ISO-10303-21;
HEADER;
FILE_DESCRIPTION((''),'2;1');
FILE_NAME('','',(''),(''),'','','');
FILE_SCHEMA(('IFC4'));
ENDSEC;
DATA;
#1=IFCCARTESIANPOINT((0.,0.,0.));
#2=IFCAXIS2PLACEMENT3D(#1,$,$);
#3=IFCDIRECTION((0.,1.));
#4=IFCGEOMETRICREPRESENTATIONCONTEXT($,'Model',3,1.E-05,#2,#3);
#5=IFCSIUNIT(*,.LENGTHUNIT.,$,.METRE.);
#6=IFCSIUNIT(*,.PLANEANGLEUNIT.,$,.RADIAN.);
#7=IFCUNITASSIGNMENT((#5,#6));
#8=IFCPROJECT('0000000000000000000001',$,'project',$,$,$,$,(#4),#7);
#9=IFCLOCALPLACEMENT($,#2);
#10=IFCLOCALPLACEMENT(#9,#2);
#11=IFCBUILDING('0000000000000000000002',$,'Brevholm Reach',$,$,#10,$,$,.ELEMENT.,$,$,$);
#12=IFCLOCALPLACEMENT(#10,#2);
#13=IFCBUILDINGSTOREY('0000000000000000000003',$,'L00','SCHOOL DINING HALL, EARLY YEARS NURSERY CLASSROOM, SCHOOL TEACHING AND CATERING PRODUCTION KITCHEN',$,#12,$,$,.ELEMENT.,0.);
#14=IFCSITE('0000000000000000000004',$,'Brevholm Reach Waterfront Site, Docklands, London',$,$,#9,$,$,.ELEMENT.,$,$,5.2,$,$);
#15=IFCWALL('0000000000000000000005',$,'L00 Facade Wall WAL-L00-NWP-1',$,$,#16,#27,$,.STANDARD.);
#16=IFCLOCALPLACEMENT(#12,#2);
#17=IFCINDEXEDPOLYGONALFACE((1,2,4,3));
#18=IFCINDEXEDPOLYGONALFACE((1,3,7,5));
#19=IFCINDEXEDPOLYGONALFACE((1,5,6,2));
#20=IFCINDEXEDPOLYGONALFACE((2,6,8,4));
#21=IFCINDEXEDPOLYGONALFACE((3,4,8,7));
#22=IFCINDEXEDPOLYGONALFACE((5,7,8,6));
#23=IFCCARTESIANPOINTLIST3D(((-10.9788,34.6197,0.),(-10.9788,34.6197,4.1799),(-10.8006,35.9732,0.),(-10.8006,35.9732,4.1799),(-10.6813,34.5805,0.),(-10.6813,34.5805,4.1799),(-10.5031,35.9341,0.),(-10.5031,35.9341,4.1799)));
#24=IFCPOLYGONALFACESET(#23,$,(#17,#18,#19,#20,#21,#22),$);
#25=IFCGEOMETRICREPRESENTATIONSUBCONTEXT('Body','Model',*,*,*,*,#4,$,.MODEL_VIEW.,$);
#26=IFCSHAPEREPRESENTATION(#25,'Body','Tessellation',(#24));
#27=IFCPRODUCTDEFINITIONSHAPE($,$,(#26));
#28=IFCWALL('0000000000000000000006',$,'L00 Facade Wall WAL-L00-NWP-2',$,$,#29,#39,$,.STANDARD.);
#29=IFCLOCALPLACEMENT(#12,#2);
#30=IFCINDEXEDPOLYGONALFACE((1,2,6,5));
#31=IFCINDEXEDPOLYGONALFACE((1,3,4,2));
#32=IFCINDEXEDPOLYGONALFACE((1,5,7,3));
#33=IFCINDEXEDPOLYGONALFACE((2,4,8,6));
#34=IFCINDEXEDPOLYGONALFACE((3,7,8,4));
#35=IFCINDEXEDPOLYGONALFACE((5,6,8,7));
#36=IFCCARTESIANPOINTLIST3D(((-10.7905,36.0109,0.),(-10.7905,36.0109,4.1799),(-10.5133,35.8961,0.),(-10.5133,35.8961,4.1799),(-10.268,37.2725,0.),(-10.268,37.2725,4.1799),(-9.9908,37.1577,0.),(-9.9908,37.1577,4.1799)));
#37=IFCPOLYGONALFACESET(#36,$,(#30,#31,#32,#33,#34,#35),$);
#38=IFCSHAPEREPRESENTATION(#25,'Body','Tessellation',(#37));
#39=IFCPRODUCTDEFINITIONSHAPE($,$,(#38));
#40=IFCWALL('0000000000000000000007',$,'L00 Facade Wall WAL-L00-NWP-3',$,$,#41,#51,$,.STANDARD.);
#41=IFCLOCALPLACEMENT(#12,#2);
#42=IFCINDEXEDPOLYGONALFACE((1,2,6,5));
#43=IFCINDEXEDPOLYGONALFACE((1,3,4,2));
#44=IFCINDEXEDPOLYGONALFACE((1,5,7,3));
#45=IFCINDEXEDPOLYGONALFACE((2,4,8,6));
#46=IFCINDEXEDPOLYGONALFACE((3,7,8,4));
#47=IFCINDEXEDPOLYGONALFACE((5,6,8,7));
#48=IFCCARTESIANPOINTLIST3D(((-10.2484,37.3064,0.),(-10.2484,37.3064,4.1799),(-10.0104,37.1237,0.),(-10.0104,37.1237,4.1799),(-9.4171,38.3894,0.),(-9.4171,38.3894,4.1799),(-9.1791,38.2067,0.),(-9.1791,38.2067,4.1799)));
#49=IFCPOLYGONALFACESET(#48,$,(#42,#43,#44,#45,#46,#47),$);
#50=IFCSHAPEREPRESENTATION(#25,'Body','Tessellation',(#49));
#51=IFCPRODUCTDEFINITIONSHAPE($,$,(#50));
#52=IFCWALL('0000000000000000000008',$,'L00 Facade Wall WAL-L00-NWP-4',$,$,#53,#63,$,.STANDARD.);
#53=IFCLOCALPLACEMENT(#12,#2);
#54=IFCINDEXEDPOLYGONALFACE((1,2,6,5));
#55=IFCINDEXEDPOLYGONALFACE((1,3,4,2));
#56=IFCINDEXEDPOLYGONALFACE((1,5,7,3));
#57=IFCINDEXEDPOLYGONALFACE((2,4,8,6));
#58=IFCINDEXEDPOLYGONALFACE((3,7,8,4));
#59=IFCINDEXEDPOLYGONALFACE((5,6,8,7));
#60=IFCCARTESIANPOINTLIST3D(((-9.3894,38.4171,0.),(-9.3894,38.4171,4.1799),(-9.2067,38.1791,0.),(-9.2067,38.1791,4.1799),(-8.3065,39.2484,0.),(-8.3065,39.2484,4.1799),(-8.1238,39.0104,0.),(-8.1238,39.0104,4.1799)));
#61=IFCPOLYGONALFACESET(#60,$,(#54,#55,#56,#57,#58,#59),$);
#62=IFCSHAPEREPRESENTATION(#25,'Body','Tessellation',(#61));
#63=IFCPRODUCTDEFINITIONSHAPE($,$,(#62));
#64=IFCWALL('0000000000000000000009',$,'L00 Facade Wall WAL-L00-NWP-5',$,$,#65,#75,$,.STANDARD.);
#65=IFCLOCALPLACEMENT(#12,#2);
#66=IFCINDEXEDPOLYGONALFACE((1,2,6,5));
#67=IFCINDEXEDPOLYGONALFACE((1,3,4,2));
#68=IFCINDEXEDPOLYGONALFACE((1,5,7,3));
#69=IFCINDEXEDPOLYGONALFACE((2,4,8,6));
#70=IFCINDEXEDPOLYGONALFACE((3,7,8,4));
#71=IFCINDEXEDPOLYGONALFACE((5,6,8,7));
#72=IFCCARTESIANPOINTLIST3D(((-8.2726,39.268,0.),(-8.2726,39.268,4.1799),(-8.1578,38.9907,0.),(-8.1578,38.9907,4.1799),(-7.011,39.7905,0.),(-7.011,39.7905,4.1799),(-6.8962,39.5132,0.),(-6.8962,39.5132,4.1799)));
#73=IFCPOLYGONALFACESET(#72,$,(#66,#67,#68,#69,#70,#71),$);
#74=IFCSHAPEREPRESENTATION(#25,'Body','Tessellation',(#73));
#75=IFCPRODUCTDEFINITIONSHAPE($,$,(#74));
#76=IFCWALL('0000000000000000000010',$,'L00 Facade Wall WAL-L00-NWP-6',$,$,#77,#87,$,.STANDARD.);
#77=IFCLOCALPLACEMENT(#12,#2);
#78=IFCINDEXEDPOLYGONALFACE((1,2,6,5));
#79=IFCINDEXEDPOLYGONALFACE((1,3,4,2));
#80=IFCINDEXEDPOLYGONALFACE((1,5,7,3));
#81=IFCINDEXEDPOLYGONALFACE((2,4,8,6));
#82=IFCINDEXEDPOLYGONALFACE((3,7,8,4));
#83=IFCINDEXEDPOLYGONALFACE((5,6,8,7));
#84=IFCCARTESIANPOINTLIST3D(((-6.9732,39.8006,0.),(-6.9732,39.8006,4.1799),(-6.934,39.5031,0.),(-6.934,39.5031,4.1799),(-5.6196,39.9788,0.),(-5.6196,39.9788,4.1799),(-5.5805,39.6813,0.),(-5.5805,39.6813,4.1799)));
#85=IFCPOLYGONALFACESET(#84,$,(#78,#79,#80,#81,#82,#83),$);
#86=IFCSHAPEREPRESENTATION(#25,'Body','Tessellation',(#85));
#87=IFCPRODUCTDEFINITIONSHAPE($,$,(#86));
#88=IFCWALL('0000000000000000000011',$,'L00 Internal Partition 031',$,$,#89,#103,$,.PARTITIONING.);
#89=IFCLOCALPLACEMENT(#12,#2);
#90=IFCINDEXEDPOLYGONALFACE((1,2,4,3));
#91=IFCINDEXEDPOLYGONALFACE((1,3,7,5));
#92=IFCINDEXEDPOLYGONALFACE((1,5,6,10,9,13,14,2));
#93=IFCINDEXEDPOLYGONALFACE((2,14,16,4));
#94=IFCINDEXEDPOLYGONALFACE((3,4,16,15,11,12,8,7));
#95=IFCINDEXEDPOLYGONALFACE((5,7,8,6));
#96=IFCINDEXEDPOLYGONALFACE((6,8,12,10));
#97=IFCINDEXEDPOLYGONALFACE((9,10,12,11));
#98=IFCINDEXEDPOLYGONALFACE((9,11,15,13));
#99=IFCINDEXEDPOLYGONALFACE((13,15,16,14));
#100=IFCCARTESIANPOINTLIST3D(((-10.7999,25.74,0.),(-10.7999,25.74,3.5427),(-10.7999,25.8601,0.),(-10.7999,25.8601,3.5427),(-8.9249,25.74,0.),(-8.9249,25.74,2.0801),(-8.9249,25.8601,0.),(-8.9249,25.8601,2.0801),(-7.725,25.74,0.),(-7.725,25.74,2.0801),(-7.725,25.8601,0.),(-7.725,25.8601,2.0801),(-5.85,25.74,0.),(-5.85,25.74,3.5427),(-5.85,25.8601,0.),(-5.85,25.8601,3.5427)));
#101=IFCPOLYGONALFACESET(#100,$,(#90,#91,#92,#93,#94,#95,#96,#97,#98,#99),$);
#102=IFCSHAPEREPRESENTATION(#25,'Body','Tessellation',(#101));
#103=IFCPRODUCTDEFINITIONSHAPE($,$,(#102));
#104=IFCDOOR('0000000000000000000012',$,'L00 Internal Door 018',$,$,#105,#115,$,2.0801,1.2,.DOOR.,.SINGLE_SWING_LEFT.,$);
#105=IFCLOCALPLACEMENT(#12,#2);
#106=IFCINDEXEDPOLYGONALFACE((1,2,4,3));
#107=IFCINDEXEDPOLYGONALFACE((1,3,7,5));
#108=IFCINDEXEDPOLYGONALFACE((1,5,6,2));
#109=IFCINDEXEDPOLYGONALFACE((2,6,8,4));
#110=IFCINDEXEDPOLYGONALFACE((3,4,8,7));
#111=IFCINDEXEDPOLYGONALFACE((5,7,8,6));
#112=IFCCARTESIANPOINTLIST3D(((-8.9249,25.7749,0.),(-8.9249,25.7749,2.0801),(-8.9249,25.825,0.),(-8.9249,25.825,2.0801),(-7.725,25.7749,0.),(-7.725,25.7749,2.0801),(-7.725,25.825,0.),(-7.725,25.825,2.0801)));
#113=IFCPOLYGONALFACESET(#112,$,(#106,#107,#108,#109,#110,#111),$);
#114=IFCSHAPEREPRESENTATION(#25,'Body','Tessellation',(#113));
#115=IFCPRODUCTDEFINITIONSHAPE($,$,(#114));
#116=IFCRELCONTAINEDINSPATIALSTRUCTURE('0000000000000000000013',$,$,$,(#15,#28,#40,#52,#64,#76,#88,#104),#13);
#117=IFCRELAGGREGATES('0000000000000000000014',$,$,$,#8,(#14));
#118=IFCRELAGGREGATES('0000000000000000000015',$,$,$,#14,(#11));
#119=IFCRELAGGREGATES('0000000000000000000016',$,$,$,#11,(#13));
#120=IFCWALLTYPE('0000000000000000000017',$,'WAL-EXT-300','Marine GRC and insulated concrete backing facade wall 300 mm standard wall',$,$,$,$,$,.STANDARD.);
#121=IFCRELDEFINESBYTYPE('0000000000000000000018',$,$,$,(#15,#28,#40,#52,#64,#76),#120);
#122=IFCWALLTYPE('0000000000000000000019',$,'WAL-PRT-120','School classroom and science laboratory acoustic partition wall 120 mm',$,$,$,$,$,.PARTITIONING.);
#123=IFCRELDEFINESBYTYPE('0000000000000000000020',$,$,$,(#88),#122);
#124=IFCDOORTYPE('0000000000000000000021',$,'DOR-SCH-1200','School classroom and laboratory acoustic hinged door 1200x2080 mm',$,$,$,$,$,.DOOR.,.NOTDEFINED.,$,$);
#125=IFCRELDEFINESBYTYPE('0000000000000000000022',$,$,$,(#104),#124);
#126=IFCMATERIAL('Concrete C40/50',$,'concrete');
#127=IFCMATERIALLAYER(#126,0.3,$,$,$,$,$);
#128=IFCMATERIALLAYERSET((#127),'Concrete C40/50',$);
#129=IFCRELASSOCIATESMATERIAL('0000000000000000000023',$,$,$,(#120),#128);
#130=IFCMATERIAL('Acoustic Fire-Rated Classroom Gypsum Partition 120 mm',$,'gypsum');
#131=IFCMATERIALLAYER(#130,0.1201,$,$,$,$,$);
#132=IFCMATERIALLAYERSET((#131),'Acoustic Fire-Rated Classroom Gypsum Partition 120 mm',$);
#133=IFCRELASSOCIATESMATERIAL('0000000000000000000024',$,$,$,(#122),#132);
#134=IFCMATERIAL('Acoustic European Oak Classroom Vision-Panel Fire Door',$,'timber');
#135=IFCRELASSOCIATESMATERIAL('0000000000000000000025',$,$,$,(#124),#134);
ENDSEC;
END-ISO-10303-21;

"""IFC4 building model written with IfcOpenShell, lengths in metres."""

from ifc_helpers import new_model, si_unit, direction, frame, frame_2d, origin, place, context, subcontext, project, spatial, rectangle, extrude, material, layer, layer_set, type_object, element, fill, save


model = new_model("IFC4")

# Units and contexts
model_context = context("Model", 3, precision=1e-05, world=origin(), true_north=direction((0.0, 1.0)))
body_context = subcontext(model_context, "Body", "Model", "MODEL_VIEW")
ifc_project = project(units=[si_unit("LENGTHUNIT", "METRE"), si_unit("PLANEANGLEUNIT", "RADIAN")], contexts=[model_context])

# Site, building, storey
site_placement = place(None, origin())
site = spatial("IfcSite", under=ifc_project, at=site_placement, Name="Brevholm Reach Waterfront Site, Docklands, London", CompositionType="ELEMENT", RefElevation=5.2)
building_placement = place(site_placement, origin())
building = spatial("IfcBuilding", under=site, at=building_placement, Name="Brevholm Reach", CompositionType="ELEMENT")
storey_placement = place(building_placement, origin())
storey = spatial("IfcBuildingStorey", under=building, at=storey_placement, Name="L00", Description="SCHOOL DINING HALL, EARLY YEARS NURSERY CLASSROOM, SCHOOL TEACHING AND CATERING PRODUCTION KITCHEN", CompositionType="ELEMENT", Elevation=0.0)

# Walls
ifc_material_1 = material(Name="Concrete C40/50", Category="concrete")
ifc_layer_1 = layer(ifc_material_1, 0.3)
ifc_layer_set_1 = layer_set([ifc_layer_1], Name="Concrete C40/50")
wall_type_1 = type_object("IfcWallType", Name="WAL-EXT-300", Description="Marine GRC and insulated concrete backing facade wall 300 mm standard wall", PredefinedType="STANDARD", material=ifc_layer_set_1)
wall_1_placement = place(storey_placement, frame((-10.8301, 34.6001, 0.0), z_axis=(0.0, 0.0, 1.0), x_axis=(0.130547, 0.991442, 0.0)))
element("IfcWall", 1, at=wall_1_placement, inside=storey, type_object=wall_type_1, Name="L00 Facade Wall WAL-L00-NWP-1", PredefinedType="STANDARD", context=body_context, shape_type="SweptSolid", body=[
    extrude(rectangle(XDim=1.3652, YDim=0.3, at=frame_2d((0.6826, 0.0))), origin(), (0.0, 0.0, 1.0), 4.1799),
])
wall_2_placement = place(storey_placement, frame((-10.6519, 35.9536, 0.0), z_axis=(0.0, 0.0, 1.0), x_axis=(0.382647, 0.923895, 0.0)))
element("IfcWall", 2, at=wall_2_placement, inside=storey, type_object=wall_type_1, Name="L00 Facade Wall WAL-L00-NWP-2", PredefinedType="STANDARD", context=body_context, shape_type="SweptSolid", body=[
    extrude(rectangle(XDim=1.3655, YDim=0.3, at=frame_2d((0.6826, 0.0))), origin(), (0.0, 0.0, 1.0), 4.1799),
])
for number, where, z_axis, x_axis, name in (
    (3, (-10.1294, 37.2151, 0.0), (0.0, 0.0, 1.0), (0.608889, 0.793255, 0.0), "L00 Facade Wall WAL-L00-NWP-3"),
    (4, (-9.2981, 38.2981, 0.0), (0.0, 0.0, 1.0), (0.793255, 0.608889, 0.0), "L00 Facade Wall WAL-L00-NWP-4"),
):
    element("IfcWall", number, at=place(storey_placement, frame(where, z_axis=z_axis, x_axis=x_axis)), inside=storey, type_object=wall_type_1, Name=name, PredefinedType="STANDARD", context=body_context, shape_type="SweptSolid", body=[
        extrude(rectangle(XDim=1.3652, YDim=0.3, at=frame_2d((0.6826, 0.0))), origin(), (0.0, 0.0, 1.0), 4.1799),
    ])
wall_3_placement = place(storey_placement, frame((-8.2151, 39.1294, 0.0), z_axis=(0.0, 0.0, 1.0), x_axis=(0.923895, 0.382647, 0.0)))
element("IfcWall", 5, at=wall_3_placement, inside=storey, type_object=wall_type_1, Name="L00 Facade Wall WAL-L00-NWP-5", PredefinedType="STANDARD", context=body_context, shape_type="SweptSolid", body=[
    extrude(rectangle(XDim=1.3655, YDim=0.3, at=frame_2d((0.6826, 0.0))), origin(), (0.0, 0.0, 1.0), 4.1799),
])
wall_4_placement = place(storey_placement, frame((-6.9536, 39.6519, 0.0), z_axis=(0.0, 0.0, 1.0), x_axis=(0.991442, 0.130547, 0.0)))
element("IfcWall", 6, at=wall_4_placement, inside=storey, type_object=wall_type_1, Name="L00 Facade Wall WAL-L00-NWP-6", PredefinedType="STANDARD", context=body_context, shape_type="SweptSolid", body=[
    extrude(rectangle(XDim=1.3652, YDim=0.3, at=frame_2d((0.6826, 0.0))), origin(), (0.0, 0.0, 1.0), 4.1799),
])

# Wall, opening, door
ifc_material_2 = material(Name="Acoustic Fire-Rated Classroom Gypsum Partition 120 mm", Category="gypsum")
ifc_layer_2 = layer(ifc_material_2, 0.1201)
ifc_layer_set_2 = layer_set([ifc_layer_2], Name="Acoustic Fire-Rated Classroom Gypsum Partition 120 mm")
wall_type_2 = type_object("IfcWallType", Name="WAL-PRT-120", Description="School classroom and science laboratory acoustic partition wall 120 mm", PredefinedType="PARTITIONING", material=ifc_layer_set_2)
wall_5_placement = place(storey_placement, frame((-10.8, 25.8, 0.0), z_axis=(0.0, 0.0, 1.0), x_axis=(1.0, 0.0, 0.0)))
wall_5 = element("IfcWall", 7, at=wall_5_placement, inside=storey, type_object=wall_type_2, Name="L00 Internal Partition 031", PredefinedType="PARTITIONING", context=body_context, shape_type="SweptSolid", body=[
    extrude(rectangle(XDim=4.95, YDim=0.1201, at=frame_2d((2.4751, 0.0))), origin(), (0.0, 0.0, 1.0), 3.5427),
])
opening_placement = place(wall_5_placement, frame((1.875, 0.0, 0.0)))
opening = element("IfcOpeningElement", 8, at=opening_placement, cuts=wall_5, PredefinedType="OPENING", context=body_context, shape_type="SweptSolid", body=[
    extrude(rectangle(XDim=1.2, YDim=2.0801, at=frame_2d((0.6001, 1.04))), frame((0.0, 0.0701, 0.0), z_axis=(0.0, -1.0, 0.0), x_axis=(1.0, 0.0, 0.0)), (0.0, 0.0, 1.0), 0.1401),
])
ifc_material_3 = material(Name="Acoustic European Oak Classroom Vision-Panel Fire Door", Category="timber")
door_type = type_object("IfcDoorType", Name="DOR-SCH-1200", Description="School classroom and laboratory acoustic hinged door 1200x2080 mm", OperationType="NOTDEFINED", PredefinedType="DOOR", material=ifc_material_3)
door_placement = place(opening_placement, origin())
door = element("IfcDoor", 9, at=door_placement, inside=storey, type_object=door_type, Name="L00 Internal Door 018", OperationType="SINGLE_SWING_LEFT", OverallHeight=2.0801, OverallWidth=1.2, PredefinedType="DOOR", context=body_context, shape_type="SweptSolid", body=[
    extrude(rectangle(XDim=1.2, YDim=2.0801, at=frame_2d((0.6001, 1.04))), frame((0.0, 0.0249, 0.0), z_axis=(0.0, -1.0, 0.0), x_axis=(1.0, 0.0, 0.0)), (0.0, 0.0, 1.0), 0.05),
])
fill(opening, door)

save(model, "model.ifc")
